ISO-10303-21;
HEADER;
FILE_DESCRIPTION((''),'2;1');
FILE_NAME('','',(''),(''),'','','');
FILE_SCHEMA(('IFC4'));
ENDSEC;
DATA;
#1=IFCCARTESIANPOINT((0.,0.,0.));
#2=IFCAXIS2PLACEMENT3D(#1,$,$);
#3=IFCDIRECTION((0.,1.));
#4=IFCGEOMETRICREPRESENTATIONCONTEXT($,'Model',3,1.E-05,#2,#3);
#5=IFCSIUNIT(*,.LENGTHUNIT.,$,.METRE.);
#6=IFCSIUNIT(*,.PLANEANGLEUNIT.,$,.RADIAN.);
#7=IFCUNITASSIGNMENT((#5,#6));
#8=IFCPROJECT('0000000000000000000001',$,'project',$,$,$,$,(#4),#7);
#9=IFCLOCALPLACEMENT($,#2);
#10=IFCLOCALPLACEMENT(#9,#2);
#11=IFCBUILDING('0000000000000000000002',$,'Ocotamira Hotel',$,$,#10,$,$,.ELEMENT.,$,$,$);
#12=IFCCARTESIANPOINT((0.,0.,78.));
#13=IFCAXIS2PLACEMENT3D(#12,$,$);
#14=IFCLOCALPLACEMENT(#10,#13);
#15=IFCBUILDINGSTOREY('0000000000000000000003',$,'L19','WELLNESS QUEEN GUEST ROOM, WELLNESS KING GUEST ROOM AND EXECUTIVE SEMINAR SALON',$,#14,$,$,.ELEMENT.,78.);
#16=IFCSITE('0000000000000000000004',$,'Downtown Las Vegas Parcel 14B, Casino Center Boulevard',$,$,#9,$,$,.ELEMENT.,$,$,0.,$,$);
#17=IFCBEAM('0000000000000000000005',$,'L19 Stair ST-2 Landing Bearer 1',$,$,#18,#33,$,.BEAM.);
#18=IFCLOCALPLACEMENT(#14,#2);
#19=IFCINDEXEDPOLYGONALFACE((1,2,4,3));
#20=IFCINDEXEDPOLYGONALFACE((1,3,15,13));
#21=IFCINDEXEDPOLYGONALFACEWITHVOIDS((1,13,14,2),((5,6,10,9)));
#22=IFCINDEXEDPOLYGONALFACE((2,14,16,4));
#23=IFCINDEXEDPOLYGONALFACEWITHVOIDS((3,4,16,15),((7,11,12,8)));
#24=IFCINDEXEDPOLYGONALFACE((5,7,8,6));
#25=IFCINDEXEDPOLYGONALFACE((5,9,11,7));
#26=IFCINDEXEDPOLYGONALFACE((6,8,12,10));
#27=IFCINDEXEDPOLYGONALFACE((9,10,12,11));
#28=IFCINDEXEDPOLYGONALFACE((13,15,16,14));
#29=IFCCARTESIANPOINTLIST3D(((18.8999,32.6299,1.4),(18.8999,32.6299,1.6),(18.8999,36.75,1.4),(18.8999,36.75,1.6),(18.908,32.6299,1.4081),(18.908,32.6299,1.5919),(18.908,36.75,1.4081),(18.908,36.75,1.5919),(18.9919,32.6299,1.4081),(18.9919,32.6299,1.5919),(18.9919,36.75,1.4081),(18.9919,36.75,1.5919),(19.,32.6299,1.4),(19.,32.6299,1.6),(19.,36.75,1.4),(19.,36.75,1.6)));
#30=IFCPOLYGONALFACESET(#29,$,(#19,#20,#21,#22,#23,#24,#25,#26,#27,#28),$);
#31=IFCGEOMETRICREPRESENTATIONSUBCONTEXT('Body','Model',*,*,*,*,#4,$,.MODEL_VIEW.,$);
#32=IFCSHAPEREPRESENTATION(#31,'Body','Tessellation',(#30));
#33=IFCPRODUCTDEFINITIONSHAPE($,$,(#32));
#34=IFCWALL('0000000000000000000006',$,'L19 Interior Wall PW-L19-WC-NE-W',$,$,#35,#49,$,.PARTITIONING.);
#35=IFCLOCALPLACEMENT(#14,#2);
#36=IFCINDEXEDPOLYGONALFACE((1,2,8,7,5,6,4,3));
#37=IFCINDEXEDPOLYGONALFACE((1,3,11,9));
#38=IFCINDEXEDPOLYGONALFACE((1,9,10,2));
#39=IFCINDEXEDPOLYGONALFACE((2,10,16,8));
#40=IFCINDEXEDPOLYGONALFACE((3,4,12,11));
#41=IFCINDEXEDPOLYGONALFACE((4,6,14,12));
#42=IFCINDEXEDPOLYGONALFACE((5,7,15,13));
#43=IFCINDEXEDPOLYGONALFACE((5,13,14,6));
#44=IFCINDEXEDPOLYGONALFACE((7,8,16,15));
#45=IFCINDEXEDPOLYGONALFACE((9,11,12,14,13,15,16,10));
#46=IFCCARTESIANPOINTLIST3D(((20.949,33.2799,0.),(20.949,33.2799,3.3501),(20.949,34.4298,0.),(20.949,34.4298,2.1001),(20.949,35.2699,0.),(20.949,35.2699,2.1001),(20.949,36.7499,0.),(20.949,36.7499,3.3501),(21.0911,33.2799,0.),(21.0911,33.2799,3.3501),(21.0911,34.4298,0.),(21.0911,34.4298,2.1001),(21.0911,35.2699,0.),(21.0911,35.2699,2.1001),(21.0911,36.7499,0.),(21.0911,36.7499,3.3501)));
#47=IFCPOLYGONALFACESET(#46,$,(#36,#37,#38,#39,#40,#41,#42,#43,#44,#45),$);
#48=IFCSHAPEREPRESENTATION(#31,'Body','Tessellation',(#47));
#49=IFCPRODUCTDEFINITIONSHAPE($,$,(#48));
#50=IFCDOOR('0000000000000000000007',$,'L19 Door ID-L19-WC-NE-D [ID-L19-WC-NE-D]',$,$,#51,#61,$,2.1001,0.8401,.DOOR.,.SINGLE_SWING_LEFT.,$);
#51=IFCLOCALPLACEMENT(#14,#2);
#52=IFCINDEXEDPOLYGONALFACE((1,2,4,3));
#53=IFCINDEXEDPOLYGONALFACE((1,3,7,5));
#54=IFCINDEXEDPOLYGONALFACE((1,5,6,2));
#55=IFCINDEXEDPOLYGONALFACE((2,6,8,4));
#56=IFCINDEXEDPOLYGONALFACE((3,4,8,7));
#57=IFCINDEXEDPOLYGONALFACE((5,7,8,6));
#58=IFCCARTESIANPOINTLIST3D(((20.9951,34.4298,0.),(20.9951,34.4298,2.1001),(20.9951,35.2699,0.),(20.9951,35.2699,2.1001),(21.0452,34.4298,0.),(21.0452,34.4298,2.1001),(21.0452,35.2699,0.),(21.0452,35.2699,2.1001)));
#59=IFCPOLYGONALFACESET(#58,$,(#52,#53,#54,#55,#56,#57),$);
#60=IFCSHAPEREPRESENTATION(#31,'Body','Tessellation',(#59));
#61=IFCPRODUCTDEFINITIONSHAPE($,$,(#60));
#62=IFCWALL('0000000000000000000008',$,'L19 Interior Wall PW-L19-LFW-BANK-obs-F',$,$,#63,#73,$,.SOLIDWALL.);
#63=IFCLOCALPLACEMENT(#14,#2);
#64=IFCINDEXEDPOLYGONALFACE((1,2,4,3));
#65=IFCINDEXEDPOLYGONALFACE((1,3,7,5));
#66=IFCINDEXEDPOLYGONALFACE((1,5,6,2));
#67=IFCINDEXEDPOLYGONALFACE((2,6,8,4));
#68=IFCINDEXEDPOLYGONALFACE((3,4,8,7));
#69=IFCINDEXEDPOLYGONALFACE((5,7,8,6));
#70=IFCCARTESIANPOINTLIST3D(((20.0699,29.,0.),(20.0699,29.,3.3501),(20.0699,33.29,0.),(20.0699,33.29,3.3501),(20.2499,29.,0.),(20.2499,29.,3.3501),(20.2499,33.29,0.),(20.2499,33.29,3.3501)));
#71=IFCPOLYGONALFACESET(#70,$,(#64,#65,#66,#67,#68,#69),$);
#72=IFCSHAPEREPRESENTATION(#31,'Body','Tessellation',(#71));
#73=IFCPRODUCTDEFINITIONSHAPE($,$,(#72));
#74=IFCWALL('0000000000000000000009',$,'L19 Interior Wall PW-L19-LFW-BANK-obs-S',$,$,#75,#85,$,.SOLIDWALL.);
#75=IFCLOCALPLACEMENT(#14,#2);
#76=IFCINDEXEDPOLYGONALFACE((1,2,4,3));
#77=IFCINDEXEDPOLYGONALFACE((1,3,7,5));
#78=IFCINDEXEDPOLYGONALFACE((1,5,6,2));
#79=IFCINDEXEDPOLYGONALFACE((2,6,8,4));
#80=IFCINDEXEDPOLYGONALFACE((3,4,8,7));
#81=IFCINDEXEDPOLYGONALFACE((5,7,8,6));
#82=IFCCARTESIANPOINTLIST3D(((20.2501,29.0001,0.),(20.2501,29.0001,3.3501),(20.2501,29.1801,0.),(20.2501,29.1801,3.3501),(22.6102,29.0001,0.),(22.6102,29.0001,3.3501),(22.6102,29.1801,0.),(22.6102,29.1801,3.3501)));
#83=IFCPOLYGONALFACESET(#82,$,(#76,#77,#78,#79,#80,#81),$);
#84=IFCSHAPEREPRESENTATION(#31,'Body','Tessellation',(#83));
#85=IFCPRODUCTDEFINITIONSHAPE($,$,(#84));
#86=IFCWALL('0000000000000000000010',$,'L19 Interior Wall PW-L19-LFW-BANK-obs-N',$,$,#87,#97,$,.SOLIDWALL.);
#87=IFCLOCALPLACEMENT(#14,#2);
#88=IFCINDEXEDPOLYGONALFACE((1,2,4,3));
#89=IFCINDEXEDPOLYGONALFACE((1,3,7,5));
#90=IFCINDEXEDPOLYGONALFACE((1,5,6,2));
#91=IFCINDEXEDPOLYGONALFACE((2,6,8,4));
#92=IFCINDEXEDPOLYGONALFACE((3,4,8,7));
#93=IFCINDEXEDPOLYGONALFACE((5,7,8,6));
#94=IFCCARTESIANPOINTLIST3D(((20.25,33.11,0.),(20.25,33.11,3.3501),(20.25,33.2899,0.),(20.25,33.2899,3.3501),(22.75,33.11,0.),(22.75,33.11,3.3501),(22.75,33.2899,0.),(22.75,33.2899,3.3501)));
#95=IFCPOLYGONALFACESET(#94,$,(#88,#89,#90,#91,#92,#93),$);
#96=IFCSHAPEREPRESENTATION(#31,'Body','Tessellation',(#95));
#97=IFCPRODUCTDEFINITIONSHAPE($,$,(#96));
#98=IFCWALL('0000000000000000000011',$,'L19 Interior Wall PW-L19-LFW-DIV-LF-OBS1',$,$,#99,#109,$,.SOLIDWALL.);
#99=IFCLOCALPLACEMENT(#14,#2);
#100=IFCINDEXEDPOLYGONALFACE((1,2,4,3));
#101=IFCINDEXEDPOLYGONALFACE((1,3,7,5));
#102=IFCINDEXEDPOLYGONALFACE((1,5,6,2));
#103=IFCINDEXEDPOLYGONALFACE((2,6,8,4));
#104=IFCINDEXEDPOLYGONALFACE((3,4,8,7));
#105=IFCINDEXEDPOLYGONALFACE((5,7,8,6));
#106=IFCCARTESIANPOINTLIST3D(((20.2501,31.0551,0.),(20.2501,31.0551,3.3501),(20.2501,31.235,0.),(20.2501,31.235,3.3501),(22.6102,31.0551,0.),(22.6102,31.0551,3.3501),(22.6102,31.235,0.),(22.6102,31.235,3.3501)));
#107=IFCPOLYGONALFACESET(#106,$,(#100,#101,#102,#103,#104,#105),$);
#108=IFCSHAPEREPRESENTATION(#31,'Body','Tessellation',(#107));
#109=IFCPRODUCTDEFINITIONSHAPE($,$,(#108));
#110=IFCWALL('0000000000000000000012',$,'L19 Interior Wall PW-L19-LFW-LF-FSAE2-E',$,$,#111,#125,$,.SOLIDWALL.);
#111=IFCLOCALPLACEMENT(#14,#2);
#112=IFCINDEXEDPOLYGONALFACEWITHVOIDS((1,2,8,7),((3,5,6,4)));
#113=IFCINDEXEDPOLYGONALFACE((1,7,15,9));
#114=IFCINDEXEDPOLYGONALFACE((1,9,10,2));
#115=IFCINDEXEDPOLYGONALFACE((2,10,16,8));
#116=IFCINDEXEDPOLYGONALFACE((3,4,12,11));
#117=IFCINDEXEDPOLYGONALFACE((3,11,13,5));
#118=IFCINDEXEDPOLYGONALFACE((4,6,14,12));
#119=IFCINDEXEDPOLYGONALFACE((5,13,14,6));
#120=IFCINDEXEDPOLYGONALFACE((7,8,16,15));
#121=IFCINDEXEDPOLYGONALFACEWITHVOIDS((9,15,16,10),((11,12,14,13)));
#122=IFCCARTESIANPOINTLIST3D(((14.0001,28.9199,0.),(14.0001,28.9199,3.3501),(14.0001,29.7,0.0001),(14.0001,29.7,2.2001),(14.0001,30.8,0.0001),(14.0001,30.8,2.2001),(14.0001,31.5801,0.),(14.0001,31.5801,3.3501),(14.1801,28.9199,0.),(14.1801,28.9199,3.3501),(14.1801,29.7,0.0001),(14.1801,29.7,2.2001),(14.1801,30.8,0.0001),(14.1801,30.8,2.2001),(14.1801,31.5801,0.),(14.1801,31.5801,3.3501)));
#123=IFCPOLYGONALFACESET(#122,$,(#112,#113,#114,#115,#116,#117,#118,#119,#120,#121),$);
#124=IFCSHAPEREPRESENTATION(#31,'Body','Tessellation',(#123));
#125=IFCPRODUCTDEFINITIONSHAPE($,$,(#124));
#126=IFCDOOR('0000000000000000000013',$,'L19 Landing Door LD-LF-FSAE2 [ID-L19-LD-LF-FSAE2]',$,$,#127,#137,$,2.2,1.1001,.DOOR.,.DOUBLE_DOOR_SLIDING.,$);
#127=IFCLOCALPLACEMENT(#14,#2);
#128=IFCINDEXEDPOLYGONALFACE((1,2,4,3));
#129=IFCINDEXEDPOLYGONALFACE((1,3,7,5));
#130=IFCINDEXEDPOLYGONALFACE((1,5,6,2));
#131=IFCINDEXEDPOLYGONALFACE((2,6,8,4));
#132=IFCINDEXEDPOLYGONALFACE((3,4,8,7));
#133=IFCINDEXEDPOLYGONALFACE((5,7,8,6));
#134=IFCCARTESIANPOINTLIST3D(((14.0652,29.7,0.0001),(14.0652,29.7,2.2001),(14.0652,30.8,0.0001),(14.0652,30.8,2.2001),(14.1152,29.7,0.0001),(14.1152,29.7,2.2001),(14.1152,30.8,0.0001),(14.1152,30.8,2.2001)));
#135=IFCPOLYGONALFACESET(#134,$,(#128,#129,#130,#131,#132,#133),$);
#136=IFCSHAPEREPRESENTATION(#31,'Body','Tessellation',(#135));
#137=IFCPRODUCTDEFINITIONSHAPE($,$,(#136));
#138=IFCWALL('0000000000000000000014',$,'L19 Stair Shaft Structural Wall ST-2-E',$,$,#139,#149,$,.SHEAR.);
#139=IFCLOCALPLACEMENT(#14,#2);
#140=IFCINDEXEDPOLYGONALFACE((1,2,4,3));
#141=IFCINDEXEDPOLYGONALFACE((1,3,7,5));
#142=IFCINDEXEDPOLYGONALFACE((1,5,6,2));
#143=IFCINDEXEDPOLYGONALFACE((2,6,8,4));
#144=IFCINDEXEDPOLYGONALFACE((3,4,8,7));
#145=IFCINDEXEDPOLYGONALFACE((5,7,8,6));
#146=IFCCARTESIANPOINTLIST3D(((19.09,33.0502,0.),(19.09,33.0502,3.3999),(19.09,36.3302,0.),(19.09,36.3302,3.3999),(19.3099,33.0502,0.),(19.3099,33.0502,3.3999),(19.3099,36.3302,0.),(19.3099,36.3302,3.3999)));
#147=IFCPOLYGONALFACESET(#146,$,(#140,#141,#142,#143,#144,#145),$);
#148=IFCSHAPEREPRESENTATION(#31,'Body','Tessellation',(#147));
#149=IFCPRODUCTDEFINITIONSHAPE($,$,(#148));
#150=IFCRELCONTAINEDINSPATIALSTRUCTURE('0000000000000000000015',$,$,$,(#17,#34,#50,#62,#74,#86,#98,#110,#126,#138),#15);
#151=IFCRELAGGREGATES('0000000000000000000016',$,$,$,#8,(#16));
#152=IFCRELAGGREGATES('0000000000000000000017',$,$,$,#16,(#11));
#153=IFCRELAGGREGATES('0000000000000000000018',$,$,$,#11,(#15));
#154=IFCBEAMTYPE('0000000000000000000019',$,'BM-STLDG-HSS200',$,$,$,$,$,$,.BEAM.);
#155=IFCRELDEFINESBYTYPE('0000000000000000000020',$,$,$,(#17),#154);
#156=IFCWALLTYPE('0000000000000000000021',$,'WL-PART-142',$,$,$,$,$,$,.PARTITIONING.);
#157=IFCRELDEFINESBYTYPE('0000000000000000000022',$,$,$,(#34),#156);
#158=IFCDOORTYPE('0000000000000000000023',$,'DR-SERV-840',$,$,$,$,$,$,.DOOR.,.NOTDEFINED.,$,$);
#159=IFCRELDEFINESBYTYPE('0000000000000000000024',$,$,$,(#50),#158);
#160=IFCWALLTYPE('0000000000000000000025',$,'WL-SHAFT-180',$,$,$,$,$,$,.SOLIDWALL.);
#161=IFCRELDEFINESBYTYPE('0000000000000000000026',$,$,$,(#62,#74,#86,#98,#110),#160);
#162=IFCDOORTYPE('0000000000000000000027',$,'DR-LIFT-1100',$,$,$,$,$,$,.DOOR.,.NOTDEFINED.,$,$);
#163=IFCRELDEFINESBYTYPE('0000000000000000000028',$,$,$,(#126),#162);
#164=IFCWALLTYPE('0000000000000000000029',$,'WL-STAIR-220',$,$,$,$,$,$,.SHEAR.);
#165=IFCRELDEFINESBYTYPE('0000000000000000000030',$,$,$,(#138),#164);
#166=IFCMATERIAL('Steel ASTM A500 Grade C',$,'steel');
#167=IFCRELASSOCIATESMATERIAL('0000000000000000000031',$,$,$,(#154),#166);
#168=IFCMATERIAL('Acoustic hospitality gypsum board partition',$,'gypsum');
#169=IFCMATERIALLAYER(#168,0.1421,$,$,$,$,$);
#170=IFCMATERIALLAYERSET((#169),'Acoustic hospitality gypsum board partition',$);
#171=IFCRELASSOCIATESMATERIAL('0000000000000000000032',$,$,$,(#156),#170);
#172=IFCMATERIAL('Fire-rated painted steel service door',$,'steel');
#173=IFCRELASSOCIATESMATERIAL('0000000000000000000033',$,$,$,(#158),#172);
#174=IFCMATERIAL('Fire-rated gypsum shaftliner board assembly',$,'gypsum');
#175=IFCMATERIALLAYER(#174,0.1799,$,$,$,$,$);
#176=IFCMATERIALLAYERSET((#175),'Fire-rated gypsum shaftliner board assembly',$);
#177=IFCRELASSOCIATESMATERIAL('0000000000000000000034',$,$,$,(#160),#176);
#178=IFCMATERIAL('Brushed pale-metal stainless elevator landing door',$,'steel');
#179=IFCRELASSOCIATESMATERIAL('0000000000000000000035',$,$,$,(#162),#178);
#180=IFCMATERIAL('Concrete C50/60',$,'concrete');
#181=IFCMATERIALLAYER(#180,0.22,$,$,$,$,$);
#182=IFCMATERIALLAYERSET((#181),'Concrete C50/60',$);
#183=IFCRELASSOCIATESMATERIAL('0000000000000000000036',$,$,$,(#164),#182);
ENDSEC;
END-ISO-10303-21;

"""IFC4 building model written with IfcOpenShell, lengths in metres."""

from ifc_helpers import new_model, si_unit, direction, frame, frame_2d, origin, origin_2d, place, context, subcontext, project, spatial, rectangle, hollow_rectangle, extrude, source, transform, mapped, material, layer, layer_set, material_profile, profile_set, type_object, element, fill, save


model = new_model("IFC4")

# Units and contexts
model_context = context("Model", 3, precision=1e-05, world=origin(), true_north=direction((0.0, 1.0)))
body_context = subcontext(model_context, "Body", "Model", "MODEL_VIEW")
ifc_project = project(units=[si_unit("LENGTHUNIT", "METRE"), si_unit("PLANEANGLEUNIT", "RADIAN")], contexts=[model_context])

# Site, building, storey
site_placement = place(None, origin())
site = spatial("IfcSite", under=ifc_project, at=site_placement, Name="Downtown Las Vegas Parcel 14B, Casino Center Boulevard", CompositionType="ELEMENT", RefElevation=0.0)
building_placement = place(site_placement, origin())
building = spatial("IfcBuilding", under=site, at=building_placement, Name="Ocotamira Hotel", CompositionType="ELEMENT")
storey_placement = place(building_placement, frame((0.0, 0.0, 78.0)))
storey = spatial("IfcBuildingStorey", under=building, at=storey_placement, Name="L19", Description="WELLNESS QUEEN GUEST ROOM, WELLNESS KING GUEST ROOM AND EXECUTIVE SEMINAR SALON", CompositionType="ELEMENT", Elevation=78.0)

# Beam
ifc_material_1 = material(Name="Steel ASTM A500 Grade C", Category="steel")
ifc_material_profile = material_profile(ifc_material_1, hollow_rectangle(XDim=0.1001, YDim=0.2, WallThickness=0.0081, at=origin_2d()), Name="HSS200X100X8")
ifc_profile_set = profile_set([ifc_material_profile], Name="Steel ASTM A500 Grade C")
beam_type = type_object("IfcBeamType", Name="BM-STLDG-HSS200", PredefinedType="BEAM", material=ifc_profile_set)
shared_shape_1 = source(origin(), body_context, "Body", "SweptSolid", [
    extrude(hollow_rectangle(XDim=0.1001, YDim=0.2, WallThickness=0.0081, at=origin_2d()), origin(), (0.0, 0.0, 1.0), 4.1201),
])
beam_placement = place(storey_placement, frame((18.95, 32.6299, 1.5), z_axis=(0.0, 1.0, 0.0), x_axis=(-1.0, 0.0, 0.0)))
element("IfcBeam", 1, at=beam_placement, inside=storey, type_object=beam_type, Name="L19 Stair ST-2 Landing Bearer 1", PredefinedType="BEAM", context=body_context, shape_type="MappedRepresentation", body=[
    mapped(shared_shape_1, transform((0.0, 0.0, 0.0), scale=1.0)),
])

# Wall, opening, door
ifc_material_2 = material(Name="Acoustic hospitality gypsum board partition", Category="gypsum")
ifc_layer_1 = layer(ifc_material_2, 0.1421)
ifc_layer_set_1 = layer_set([ifc_layer_1], Name="Acoustic hospitality gypsum board partition")
wall_type_1 = type_object("IfcWallType", Name="WL-PART-142", PredefinedType="PARTITIONING", material=ifc_layer_set_1)
wall_1_placement = place(storey_placement, frame((21.02, 33.28, 0.0), z_axis=(0.0, 0.0, 1.0), x_axis=(0.0, 1.0, 0.0)))
wall_1 = element("IfcWall", 2, at=wall_1_placement, inside=storey, type_object=wall_type_1, Name="L19 Interior Wall PW-L19-WC-NE-W", PredefinedType="PARTITIONING", context=body_context, shape_type="SweptSolid", body=[
    extrude(rectangle(XDim=3.47, YDim=0.1421, at=frame_2d((1.7349, 0.0))), origin(), (0.0, 0.0, 1.0), 3.3501),
])
opening_1_placement = place(wall_1_placement, frame((1.1499, 0.0, 0.0)))
opening_1 = element("IfcOpeningElement", 3, at=opening_1_placement, cuts=wall_1, PredefinedType="OPENING", context=body_context, shape_type="SweptSolid", body=[
    extrude(rectangle(XDim=0.8401, YDim=2.1001, at=frame_2d((0.4199, 1.05))), frame((0.0, 0.0811, 0.0), z_axis=(0.0, -1.0, 0.0), x_axis=(1.0, 0.0, 0.0)), (0.0, 0.0, 1.0), 0.1621),
])
ifc_material_3 = material(Name="Fire-rated painted steel service door", Category="steel")
door_type_1 = type_object("IfcDoorType", Name="DR-SERV-840", OperationType="NOTDEFINED", PredefinedType="DOOR", material=ifc_material_3)
shared_shape_2 = source(origin(), body_context, "Body", "SweptSolid", [
    extrude(rectangle(XDim=0.8401, YDim=2.1001, at=frame_2d((0.4199, 1.05))), frame((0.0, 0.0249, 0.0), z_axis=(0.0, -1.0, 0.0), x_axis=(1.0, 0.0, 0.0)), (0.0, 0.0, 1.0), 0.05),
])
door_1_placement = place(opening_1_placement, origin())
door_1 = element("IfcDoor", 4, at=door_1_placement, inside=storey, type_object=door_type_1, Name="L19 Door ID-L19-WC-NE-D [ID-L19-WC-NE-D]", OperationType="SINGLE_SWING_LEFT", OverallHeight=2.1001, OverallWidth=0.8401, PredefinedType="DOOR", context=body_context, shape_type="MappedRepresentation", body=[
    mapped(shared_shape_2, transform((0.0, 0.0, 0.0), scale=1.0)),
])
fill(opening_1, door_1)

# Walls
ifc_material_4 = material(Name="Fire-rated gypsum shaftliner board assembly", Category="gypsum")
ifc_layer_2 = layer(ifc_material_4, 0.1799)
ifc_layer_set_2 = layer_set([ifc_layer_2], Name="Fire-rated gypsum shaftliner board assembly")
wall_type_2 = type_object("IfcWallType", Name="WL-SHAFT-180", PredefinedType="SOLIDWALL", material=ifc_layer_set_2)
wall_2_placement = place(storey_placement, frame((20.1599, 29.0, 0.0), z_axis=(0.0, 0.0, 1.0), x_axis=(0.0, 1.0, 0.0)))
element("IfcWall", 5, at=wall_2_placement, inside=storey, type_object=wall_type_2, Name="L19 Interior Wall PW-L19-LFW-BANK-obs-F", PredefinedType="SOLIDWALL", context=body_context, shape_type="SweptSolid", body=[
    extrude(rectangle(XDim=4.29, YDim=0.1799, at=frame_2d((2.145, 0.0))), origin(), (0.0, 0.0, 1.0), 3.3501),
])
wall_3_placement = place(storey_placement, frame((20.25, 29.0901, 0.0), z_axis=(0.0, 0.0, 1.0), x_axis=(1.0, 0.0, 0.0)))
element("IfcWall", 6, at=wall_3_placement, inside=storey, type_object=wall_type_2, Name="L19 Interior Wall PW-L19-LFW-BANK-obs-S", PredefinedType="SOLIDWALL", context=body_context, shape_type="SweptSolid", body=[
    extrude(rectangle(XDim=2.3601, YDim=0.1799, at=frame_2d((1.1802, 0.0))), origin(), (0.0, 0.0, 1.0), 3.3501),
])
wall_4_placement = place(storey_placement, frame((20.25, 33.2, 0.0), z_axis=(0.0, 0.0, 1.0), x_axis=(1.0, 0.0, 0.0)))
element("IfcWall", 7, at=wall_4_placement, inside=storey, type_object=wall_type_2, Name="L19 Interior Wall PW-L19-LFW-BANK-obs-N", PredefinedType="SOLIDWALL", context=body_context, shape_type="SweptSolid", body=[
    extrude(rectangle(XDim=2.5, YDim=0.1799, at=frame_2d((1.25, 0.0))), origin(), (0.0, 0.0, 1.0), 3.3501),
])
wall_5_placement = place(storey_placement, frame((20.25, 31.145, 0.0), z_axis=(0.0, 0.0, 1.0), x_axis=(1.0, 0.0, 0.0)))
element("IfcWall", 8, at=wall_5_placement, inside=storey, type_object=wall_type_2, Name="L19 Interior Wall PW-L19-LFW-DIV-LF-OBS1", PredefinedType="SOLIDWALL", context=body_context, shape_type="SweptSolid", body=[
    extrude(rectangle(XDim=2.3601, YDim=0.1799, at=frame_2d((1.1802, 0.0))), origin(), (0.0, 0.0, 1.0), 3.3501),
])

# Wall, opening, door
wall_6_placement = place(storey_placement, frame((14.0901, 28.9199, 0.0), z_axis=(0.0, 0.0, 1.0), x_axis=(0.0, 1.0, 0.0)))
wall_6 = element("IfcWall", 9, at=wall_6_placement, inside=storey, type_object=wall_type_2, Name="L19 Interior Wall PW-L19-LFW-LF-FSAE2-E", PredefinedType="SOLIDWALL", context=body_context, shape_type="SweptSolid", body=[
    extrude(rectangle(XDim=2.6602, YDim=0.1799, at=frame_2d((1.3301, 0.0))), origin(), (0.0, 0.0, 1.0), 3.3501),
])
opening_2_placement = place(wall_6_placement, frame((0.78, 0.0, 0.0)))
opening_2 = element("IfcOpeningElement", 10, at=opening_2_placement, cuts=wall_6, PredefinedType="OPENING", context=body_context, shape_type="SweptSolid", body=[
    extrude(rectangle(XDim=1.1001, YDim=2.2, at=frame_2d((0.55, 1.1001))), frame((0.0, 0.1001, 0.0), z_axis=(0.0, -1.0, 0.0), x_axis=(1.0, 0.0, 0.0)), (0.0, 0.0, 1.0), 0.2),
])
ifc_material_5 = material(Name="Brushed pale-metal stainless elevator landing door", Category="steel")
door_type_2 = type_object("IfcDoorType", Name="DR-LIFT-1100", OperationType="NOTDEFINED", PredefinedType="DOOR", material=ifc_material_5)
shared_shape_3 = source(origin(), body_context, "Body", "SweptSolid", [
    extrude(rectangle(XDim=1.1001, YDim=2.2, at=frame_2d((0.55, 1.1001))), frame((0.0, 0.0249, 0.0), z_axis=(0.0, -1.0, 0.0), x_axis=(1.0, 0.0, 0.0)), (0.0, 0.0, 1.0), 0.05),
])
door_2_placement = place(opening_2_placement, origin())
door_2 = element("IfcDoor", 11, at=door_2_placement, inside=storey, type_object=door_type_2, Name="L19 Landing Door LD-LF-FSAE2 [ID-L19-LD-LF-FSAE2]", OperationType="DOUBLE_DOOR_SLIDING", OverallHeight=2.2, OverallWidth=1.1001, PredefinedType="DOOR", context=body_context, shape_type="MappedRepresentation", body=[
    mapped(shared_shape_3, transform((0.0, 0.0, 0.0), scale=1.0)),
])
fill(opening_2, door_2)

# Wall
ifc_material_6 = material(Name="Concrete C50/60", Category="concrete")
ifc_layer_3 = layer(ifc_material_6, 0.22)
ifc_layer_set_3 = layer_set([ifc_layer_3], Name="Concrete C50/60")
wall_type_3 = type_object("IfcWallType", Name="WL-STAIR-220", PredefinedType="SHEAR", material=ifc_layer_set_3)
wall_7_placement = place(storey_placement, frame((19.2, 33.05, 0.0), z_axis=(0.0, 0.0, 1.0), x_axis=(0.0, 1.0, 0.0)))
element("IfcWall", 12, at=wall_7_placement, inside=storey, type_object=wall_type_3, Name="L19 Stair Shaft Structural Wall ST-2-E", PredefinedType="SHEAR", context=body_context, shape_type="SweptSolid", body=[
    extrude(rectangle(XDim=3.28, YDim=0.22, at=frame_2d((1.6401, 0.0))), origin(), (0.0, 0.0, 1.0), 3.3999),
])

save(model, "model.ifc")
